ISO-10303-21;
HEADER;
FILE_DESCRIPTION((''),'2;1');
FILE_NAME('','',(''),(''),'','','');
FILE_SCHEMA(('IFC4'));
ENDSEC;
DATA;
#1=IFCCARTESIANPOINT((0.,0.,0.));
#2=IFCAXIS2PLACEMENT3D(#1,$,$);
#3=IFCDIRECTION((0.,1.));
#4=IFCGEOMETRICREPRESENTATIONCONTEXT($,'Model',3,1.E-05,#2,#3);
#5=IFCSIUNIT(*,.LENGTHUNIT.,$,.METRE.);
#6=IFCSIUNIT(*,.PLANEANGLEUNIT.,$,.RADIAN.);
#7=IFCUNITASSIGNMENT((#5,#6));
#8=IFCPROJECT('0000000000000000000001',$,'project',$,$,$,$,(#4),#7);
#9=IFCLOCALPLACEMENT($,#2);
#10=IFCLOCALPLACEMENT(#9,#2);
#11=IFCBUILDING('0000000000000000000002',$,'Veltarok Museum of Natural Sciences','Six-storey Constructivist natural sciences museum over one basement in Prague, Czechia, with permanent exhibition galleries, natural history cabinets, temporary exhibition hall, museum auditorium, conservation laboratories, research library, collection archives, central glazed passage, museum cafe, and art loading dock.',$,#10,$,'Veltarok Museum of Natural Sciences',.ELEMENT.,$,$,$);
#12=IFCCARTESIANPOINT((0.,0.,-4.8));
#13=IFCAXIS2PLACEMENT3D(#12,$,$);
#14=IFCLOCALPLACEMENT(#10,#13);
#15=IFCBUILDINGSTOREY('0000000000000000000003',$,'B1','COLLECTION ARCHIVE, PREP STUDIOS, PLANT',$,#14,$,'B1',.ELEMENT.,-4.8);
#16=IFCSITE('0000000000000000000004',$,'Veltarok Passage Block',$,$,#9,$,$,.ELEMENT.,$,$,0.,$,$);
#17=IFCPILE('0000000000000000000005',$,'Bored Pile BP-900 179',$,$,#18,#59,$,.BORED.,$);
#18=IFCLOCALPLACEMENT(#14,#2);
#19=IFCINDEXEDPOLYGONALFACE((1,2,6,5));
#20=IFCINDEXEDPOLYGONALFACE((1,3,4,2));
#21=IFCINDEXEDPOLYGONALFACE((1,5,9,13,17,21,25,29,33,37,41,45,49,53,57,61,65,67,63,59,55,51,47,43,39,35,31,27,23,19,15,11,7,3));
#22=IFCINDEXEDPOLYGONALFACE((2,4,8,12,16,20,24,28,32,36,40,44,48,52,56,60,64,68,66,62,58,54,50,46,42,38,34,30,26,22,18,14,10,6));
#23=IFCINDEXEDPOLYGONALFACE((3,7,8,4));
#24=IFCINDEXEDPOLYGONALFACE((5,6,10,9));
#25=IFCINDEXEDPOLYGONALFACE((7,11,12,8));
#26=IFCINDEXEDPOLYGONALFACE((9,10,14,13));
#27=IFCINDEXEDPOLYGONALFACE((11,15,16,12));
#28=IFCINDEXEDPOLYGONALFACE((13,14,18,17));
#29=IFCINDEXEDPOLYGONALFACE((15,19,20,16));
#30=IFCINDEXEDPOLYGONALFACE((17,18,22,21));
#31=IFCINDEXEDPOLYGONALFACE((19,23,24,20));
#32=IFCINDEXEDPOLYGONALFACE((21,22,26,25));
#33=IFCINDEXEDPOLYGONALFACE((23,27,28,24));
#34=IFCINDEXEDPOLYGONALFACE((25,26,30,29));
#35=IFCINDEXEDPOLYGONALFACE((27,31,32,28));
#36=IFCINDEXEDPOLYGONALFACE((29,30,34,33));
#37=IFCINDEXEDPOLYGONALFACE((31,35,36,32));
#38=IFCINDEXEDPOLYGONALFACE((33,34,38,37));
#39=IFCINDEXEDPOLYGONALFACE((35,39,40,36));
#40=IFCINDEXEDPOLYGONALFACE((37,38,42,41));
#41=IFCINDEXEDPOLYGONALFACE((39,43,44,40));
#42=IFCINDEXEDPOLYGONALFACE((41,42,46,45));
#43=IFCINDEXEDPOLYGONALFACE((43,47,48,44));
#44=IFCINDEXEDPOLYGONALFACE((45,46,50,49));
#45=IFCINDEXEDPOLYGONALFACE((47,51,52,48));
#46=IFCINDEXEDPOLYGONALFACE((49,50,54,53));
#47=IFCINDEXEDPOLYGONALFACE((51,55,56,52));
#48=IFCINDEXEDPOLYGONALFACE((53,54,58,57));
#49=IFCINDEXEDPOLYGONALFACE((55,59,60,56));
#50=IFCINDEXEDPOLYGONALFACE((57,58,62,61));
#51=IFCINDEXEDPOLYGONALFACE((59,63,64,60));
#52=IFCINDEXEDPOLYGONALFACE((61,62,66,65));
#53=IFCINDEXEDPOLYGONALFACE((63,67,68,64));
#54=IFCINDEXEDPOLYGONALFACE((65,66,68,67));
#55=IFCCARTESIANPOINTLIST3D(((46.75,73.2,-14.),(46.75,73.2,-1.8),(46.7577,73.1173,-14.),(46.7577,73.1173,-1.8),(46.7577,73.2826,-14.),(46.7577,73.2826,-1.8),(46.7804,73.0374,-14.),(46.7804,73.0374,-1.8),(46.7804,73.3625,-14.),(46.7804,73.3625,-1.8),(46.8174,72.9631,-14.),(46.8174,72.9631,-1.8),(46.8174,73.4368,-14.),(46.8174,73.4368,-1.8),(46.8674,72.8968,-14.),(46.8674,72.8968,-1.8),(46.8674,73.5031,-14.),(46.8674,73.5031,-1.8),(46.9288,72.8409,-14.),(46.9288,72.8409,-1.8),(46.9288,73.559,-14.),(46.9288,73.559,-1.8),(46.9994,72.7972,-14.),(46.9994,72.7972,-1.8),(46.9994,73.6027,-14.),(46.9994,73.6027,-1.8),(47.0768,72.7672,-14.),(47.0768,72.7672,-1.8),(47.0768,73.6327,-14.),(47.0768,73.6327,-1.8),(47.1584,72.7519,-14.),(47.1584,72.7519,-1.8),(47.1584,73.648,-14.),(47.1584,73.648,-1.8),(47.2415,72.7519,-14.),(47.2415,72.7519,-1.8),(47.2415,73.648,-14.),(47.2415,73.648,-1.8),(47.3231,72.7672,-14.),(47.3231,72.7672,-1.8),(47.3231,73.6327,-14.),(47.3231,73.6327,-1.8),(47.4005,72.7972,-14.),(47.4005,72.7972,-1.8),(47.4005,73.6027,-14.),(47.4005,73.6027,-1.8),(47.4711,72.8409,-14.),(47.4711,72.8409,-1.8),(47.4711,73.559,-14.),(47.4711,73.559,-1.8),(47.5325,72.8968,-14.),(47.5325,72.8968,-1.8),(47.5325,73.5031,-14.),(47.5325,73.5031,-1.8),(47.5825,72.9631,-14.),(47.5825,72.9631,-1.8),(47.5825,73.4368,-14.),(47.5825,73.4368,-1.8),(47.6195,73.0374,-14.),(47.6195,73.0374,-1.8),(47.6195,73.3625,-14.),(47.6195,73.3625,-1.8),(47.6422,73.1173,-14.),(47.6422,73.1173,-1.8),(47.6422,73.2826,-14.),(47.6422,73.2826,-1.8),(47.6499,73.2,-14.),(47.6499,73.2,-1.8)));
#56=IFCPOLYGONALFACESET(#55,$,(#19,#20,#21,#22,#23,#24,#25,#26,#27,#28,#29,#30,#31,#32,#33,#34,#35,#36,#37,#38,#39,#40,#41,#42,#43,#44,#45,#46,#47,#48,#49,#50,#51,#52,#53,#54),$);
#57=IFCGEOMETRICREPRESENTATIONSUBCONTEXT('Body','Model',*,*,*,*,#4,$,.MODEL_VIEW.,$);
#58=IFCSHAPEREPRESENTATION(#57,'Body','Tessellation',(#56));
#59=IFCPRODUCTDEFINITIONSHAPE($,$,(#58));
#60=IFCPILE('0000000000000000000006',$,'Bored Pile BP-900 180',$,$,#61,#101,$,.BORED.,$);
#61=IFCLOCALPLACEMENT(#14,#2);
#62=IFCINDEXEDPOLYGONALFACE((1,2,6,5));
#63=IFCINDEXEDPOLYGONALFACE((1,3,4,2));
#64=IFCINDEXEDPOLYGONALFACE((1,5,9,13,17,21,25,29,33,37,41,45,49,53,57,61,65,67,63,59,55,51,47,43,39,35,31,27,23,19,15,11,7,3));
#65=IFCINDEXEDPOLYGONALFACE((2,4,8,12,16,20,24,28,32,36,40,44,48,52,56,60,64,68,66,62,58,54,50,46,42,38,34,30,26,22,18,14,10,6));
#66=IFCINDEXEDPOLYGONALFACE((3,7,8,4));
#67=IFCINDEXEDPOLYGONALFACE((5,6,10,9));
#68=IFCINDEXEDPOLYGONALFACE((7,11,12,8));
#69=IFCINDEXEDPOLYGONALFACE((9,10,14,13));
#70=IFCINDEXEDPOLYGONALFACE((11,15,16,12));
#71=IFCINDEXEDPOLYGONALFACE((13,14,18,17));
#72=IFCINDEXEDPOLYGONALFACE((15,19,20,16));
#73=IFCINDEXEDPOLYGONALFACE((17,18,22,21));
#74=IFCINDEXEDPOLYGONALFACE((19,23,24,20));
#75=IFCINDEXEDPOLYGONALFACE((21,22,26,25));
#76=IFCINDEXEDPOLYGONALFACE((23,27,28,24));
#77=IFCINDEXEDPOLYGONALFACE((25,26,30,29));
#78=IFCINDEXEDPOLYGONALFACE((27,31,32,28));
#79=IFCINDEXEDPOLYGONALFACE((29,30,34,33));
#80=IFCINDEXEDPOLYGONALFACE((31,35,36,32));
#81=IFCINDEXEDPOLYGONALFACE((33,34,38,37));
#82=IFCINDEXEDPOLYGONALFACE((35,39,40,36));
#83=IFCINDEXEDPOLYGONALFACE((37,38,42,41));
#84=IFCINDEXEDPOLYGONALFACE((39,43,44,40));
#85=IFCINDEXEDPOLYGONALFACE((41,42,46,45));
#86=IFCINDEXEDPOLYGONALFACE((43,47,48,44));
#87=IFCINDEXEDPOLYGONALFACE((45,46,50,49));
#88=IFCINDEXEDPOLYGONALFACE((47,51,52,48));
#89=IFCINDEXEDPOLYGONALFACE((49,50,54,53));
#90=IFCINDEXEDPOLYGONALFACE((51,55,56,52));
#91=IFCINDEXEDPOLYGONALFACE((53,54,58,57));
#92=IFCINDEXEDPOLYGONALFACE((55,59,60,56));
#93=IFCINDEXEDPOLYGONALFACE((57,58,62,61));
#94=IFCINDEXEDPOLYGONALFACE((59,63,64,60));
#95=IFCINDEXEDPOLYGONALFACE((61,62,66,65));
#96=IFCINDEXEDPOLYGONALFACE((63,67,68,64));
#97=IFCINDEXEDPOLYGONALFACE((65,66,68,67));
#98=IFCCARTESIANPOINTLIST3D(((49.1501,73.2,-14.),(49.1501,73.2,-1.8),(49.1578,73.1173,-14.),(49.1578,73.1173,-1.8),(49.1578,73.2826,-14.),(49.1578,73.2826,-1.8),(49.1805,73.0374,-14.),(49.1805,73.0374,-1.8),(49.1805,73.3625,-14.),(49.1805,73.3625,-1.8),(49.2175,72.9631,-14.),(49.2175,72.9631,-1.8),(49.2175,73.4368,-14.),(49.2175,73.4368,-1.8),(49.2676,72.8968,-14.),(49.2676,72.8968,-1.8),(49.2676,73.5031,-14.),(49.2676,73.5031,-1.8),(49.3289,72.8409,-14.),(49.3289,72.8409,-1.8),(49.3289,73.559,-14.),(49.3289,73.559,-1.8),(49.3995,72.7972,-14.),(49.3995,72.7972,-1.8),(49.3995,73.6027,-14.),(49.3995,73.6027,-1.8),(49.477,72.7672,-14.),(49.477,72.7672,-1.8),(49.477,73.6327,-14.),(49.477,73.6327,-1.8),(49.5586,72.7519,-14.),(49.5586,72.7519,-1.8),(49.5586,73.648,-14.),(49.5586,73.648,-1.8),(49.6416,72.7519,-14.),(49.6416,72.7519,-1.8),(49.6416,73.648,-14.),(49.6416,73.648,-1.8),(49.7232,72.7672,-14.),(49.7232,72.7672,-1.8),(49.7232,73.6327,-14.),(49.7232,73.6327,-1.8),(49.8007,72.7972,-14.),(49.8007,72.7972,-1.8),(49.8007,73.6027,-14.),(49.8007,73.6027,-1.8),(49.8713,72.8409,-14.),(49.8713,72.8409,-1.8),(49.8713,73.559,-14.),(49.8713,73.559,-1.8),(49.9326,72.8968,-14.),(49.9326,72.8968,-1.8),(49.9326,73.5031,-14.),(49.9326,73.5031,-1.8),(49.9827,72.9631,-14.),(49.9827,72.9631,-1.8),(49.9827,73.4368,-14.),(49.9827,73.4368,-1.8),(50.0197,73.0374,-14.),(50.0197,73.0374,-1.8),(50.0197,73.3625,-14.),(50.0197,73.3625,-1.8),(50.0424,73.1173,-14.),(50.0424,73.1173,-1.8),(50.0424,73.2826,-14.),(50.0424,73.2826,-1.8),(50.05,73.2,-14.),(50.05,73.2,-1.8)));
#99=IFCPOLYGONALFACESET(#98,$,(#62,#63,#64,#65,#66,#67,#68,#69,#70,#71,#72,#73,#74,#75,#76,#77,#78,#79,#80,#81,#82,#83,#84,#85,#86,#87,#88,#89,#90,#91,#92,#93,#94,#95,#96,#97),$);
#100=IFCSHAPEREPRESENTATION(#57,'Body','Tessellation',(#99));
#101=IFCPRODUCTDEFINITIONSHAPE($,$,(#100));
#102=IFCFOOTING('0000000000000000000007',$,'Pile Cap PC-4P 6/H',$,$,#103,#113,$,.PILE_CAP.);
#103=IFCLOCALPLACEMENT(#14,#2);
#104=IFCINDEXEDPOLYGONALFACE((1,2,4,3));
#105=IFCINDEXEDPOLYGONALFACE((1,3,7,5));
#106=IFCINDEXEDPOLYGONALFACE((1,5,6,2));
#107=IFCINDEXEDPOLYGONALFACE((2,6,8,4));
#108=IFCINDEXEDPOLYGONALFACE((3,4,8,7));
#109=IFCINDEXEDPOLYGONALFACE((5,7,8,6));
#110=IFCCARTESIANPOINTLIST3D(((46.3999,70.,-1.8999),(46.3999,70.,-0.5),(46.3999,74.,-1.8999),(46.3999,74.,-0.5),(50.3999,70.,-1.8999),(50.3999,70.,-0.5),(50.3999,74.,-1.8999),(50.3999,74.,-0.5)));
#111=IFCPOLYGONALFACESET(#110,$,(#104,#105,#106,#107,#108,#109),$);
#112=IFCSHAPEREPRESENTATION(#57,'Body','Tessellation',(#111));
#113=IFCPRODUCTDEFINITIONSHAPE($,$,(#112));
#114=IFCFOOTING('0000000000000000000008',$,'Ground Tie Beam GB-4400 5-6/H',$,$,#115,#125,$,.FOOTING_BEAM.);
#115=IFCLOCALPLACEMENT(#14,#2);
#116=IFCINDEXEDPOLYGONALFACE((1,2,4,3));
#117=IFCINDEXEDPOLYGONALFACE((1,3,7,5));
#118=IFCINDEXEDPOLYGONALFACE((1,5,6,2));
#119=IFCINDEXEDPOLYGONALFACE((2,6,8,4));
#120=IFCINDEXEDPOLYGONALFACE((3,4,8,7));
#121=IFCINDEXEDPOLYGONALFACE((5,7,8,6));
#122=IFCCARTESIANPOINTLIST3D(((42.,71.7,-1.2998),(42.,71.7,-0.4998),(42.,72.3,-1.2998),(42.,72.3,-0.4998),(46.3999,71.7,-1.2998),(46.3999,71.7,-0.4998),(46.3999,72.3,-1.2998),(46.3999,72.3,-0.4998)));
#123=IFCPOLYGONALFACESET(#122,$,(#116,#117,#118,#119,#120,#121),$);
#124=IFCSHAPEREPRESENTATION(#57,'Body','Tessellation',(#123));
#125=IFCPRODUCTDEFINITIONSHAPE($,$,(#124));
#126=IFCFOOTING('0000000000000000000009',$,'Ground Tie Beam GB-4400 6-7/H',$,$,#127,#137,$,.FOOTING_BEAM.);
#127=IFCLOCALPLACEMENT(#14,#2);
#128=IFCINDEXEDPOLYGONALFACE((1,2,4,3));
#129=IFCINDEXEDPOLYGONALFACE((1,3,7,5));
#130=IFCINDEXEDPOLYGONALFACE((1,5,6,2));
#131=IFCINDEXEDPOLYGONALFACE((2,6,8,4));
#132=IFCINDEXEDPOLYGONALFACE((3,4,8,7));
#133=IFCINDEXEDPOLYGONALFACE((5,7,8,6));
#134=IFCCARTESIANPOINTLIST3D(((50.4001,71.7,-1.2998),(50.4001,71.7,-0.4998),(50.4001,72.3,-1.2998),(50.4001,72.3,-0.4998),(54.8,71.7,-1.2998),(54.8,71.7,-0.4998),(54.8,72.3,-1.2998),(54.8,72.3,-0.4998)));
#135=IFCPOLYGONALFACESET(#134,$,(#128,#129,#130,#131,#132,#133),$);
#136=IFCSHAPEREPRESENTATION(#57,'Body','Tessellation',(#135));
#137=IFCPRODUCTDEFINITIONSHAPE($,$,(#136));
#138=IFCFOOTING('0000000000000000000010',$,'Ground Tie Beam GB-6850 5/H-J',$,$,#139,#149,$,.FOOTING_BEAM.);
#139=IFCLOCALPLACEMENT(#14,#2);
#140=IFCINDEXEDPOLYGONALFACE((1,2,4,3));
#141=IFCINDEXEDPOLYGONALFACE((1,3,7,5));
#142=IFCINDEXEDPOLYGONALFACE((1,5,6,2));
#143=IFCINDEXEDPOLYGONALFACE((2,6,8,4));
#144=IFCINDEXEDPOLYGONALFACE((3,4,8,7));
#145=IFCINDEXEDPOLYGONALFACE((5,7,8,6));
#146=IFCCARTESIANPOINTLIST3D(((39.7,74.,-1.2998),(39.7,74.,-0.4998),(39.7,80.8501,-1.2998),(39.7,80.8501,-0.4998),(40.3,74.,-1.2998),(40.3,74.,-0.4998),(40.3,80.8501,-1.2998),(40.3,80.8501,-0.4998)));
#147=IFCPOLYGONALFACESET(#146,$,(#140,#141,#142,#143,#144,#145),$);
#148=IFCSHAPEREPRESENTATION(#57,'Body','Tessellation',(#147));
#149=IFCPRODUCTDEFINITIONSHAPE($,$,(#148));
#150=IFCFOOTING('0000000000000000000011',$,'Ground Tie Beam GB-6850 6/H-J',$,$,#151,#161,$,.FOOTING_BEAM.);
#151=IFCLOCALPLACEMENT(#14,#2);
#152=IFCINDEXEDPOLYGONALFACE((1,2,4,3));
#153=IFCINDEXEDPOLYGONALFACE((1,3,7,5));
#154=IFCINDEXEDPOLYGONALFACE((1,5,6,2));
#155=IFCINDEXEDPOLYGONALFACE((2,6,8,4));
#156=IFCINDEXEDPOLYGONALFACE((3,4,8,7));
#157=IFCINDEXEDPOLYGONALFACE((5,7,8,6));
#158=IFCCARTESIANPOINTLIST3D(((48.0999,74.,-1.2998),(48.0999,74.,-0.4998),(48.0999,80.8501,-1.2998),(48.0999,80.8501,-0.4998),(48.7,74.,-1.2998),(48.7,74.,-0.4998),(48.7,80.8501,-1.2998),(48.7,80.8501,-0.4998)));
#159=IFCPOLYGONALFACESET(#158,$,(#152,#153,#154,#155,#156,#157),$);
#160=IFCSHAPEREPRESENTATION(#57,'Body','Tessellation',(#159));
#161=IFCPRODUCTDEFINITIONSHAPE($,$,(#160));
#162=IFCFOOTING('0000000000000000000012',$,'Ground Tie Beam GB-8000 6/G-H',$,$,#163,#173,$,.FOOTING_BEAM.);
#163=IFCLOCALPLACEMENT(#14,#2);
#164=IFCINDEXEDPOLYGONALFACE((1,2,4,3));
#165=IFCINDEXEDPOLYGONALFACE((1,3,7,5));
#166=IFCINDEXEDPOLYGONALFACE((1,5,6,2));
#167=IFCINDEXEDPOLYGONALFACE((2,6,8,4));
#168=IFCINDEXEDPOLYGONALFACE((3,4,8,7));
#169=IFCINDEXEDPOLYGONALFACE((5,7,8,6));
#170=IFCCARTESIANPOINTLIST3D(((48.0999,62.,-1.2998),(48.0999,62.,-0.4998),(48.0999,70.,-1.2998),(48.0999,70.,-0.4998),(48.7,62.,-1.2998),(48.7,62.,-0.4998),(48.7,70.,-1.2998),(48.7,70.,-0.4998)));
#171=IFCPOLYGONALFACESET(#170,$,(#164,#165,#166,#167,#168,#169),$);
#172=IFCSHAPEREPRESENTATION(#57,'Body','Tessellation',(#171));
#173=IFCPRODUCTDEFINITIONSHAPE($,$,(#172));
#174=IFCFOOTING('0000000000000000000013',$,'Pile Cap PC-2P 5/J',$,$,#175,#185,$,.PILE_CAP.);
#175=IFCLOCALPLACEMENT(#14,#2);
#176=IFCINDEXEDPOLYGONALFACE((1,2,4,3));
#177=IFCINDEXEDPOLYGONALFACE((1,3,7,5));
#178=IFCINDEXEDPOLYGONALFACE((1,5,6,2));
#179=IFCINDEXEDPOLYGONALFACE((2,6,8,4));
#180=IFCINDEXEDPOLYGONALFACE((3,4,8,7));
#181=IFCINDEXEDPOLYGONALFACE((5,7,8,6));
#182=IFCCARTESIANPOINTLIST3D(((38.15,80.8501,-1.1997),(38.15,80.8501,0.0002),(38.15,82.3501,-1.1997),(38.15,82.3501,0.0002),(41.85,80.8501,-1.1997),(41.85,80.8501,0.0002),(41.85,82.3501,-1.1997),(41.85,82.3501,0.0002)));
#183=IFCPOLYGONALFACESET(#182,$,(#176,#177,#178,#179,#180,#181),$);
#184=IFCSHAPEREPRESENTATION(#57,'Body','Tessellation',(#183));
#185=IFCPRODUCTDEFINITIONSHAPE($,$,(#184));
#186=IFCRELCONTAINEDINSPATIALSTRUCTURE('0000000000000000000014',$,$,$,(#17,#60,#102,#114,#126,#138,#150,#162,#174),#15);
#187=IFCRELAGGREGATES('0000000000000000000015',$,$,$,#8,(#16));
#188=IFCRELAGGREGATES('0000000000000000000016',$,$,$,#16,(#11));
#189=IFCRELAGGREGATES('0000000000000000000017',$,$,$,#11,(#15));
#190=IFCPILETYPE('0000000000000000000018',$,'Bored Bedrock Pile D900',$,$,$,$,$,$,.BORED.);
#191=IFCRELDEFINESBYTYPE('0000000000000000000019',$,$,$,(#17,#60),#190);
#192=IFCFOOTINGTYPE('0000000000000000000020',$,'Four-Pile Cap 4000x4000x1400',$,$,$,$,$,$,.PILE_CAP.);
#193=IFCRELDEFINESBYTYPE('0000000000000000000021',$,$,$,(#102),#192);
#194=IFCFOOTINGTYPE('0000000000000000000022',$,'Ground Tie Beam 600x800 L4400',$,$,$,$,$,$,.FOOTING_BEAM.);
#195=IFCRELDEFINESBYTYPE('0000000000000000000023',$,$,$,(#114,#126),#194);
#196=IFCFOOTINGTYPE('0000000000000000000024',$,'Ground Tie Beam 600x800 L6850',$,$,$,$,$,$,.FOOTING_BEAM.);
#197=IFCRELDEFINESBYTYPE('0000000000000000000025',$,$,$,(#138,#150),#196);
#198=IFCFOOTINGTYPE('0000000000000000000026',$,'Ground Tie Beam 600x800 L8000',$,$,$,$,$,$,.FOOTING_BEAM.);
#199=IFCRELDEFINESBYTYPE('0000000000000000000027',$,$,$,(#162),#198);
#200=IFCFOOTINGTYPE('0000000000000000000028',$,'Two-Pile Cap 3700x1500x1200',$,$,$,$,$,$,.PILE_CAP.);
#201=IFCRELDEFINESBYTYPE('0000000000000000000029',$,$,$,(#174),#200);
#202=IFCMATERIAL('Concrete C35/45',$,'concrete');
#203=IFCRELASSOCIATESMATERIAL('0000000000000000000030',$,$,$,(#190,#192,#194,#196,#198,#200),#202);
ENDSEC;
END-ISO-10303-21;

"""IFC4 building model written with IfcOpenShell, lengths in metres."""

from ifc_helpers import new_model, si_unit, direction, frame, origin, origin_2d, place, context, subcontext, project, spatial, rectangle, circle, extrude, material, material_profile, profile_set, type_object, element, save


model = new_model("IFC4")

# Units and contexts
model_context = context("Model", 3, precision=1e-05, world=origin(), true_north=direction((0.0, 1.0)))
body_context = subcontext(model_context, "Body", "Model", "MODEL_VIEW")
ifc_project = project(units=[si_unit("LENGTHUNIT", "METRE"), si_unit("PLANEANGLEUNIT", "RADIAN")], contexts=[model_context])

# Site, building, storey
site_placement = place(None, origin())
site = spatial("IfcSite", under=ifc_project, at=site_placement, Name="Veltarok Passage Block", CompositionType="ELEMENT", RefElevation=0.0)
building_placement = place(site_placement, origin())
building = spatial("IfcBuilding", under=site, at=building_placement, Name="Veltarok Museum of Natural Sciences", Description="Six-storey Constructivist natural sciences museum over one basement in Prague, Czechia, with permanent exhibition galleries, natural history cabinets, temporary exhibition hall, museum auditorium, conservation laboratories, research library, collection archives, central glazed passage, museum cafe, and art loading dock.", LongName="Veltarok Museum of Natural Sciences", CompositionType="ELEMENT")
storey_placement = place(building_placement, frame((0.0, 0.0, -4.8)))
storey = spatial("IfcBuildingStorey", under=building, at=storey_placement, Name="B1", Description="COLLECTION ARCHIVE, PREP STUDIOS, PLANT", LongName="B1", CompositionType="ELEMENT", Elevation=-4.8)

# Piles
ifc_material_1 = material(Name="Concrete C35/45", Category="concrete")
ifc_material_profile_1 = material_profile(ifc_material_1, circle(Radius=0.45, at=origin_2d()), Name="BP D900")
ifc_profile_set_1 = profile_set([ifc_material_profile_1], Name="Concrete C35/45")
pile_type = type_object("IfcPileType", Name="Bored Bedrock Pile D900", PredefinedType="BORED", material=ifc_profile_set_1)
for number, where, z_axis, x_axis, name in (
    (1, (47.2, 73.2, -1.8), (0.0, 0.0, -1.0), (1.0, 0.0, 0.0), "Bored Pile BP-900 179"),
    (2, (49.6001, 73.2, -1.8), (0.0, 0.0, -1.0), (1.0, 0.0, 0.0), "Bored Pile BP-900 180"),
):
    element("IfcPile", number, at=place(storey_placement, frame(where, z_axis=z_axis, x_axis=x_axis)), inside=storey, type_object=pile_type, Name=name, PredefinedType="BORED", context=body_context, shape_type="SweptSolid", body=[
        extrude(circle(Radius=0.45, at=origin_2d()), origin(), (0.0, 0.0, 1.0), 12.2),
    ])

# Footings
footing_type_1 = type_object("IfcFootingType", Name="Four-Pile Cap 4000x4000x1400", PredefinedType="PILE_CAP", material=ifc_material_1)
footing_1_placement = place(storey_placement, frame((48.3999, 72.0, -1.8999), z_axis=(0.0, 0.0, 1.0), x_axis=(1.0, 0.0, 0.0)))
element("IfcFooting", 3, at=footing_1_placement, inside=storey, type_object=footing_type_1, Name="Pile Cap PC-4P 6/H", PredefinedType="PILE_CAP", context=body_context, shape_type="SweptSolid", body=[
    extrude(rectangle(XDim=4.0, YDim=4.0, at=origin_2d()), origin(), (0.0, 0.0, 1.0), 1.3999),
])
footing_type_2 = type_object("IfcFootingType", Name="Ground Tie Beam 600x800 L4400", PredefinedType="FOOTING_BEAM", material=ifc_material_1)
for number, where, z_axis, x_axis, name in (
    (4, (44.2, 72.0, -1.2998), (0.0, 0.0, 1.0), (1.0, 0.0, 0.0), "Ground Tie Beam GB-4400 5-6/H"),
    (5, (52.6001, 72.0, -1.2998), (0.0, 0.0, 1.0), (1.0, 0.0, 0.0), "Ground Tie Beam GB-4400 6-7/H"),
):
    element("IfcFooting", number, at=place(storey_placement, frame(where, z_axis=z_axis, x_axis=x_axis)), inside=storey, type_object=footing_type_2, Name=name, PredefinedType="FOOTING_BEAM", context=body_context, shape_type="SweptSolid", body=[
        extrude(rectangle(XDim=4.3999, YDim=0.6001, at=origin_2d()), origin(), (0.0, 0.0, 1.0), 0.8),
    ])
footing_type_3 = type_object("IfcFootingType", Name="Ground Tie Beam 600x800 L6850", PredefinedType="FOOTING_BEAM", material=ifc_material_1)
for number, where, z_axis, x_axis, name in (
    (6, (40.0, 77.425, -1.2998), (0.0, 0.0, 1.0), (0.0, 1.0, 0.0), "Ground Tie Beam GB-6850 5/H-J"),
    (7, (48.3999, 77.425, -1.2998), (0.0, 0.0, 1.0), (0.0, 1.0, 0.0), "Ground Tie Beam GB-6850 6/H-J"),
):
    element("IfcFooting", number, at=place(storey_placement, frame(where, z_axis=z_axis, x_axis=x_axis)), inside=storey, type_object=footing_type_3, Name=name, PredefinedType="FOOTING_BEAM", context=body_context, shape_type="SweptSolid", body=[
        extrude(rectangle(XDim=6.8501, YDim=0.6001, at=origin_2d()), origin(), (0.0, 0.0, 1.0), 0.8),
    ])
footing_type_4 = type_object("IfcFootingType", Name="Ground Tie Beam 600x800 L8000", PredefinedType="FOOTING_BEAM", material=ifc_material_1)
footing_2_placement = place(storey_placement, frame((48.3999, 66.0, -1.2998), z_axis=(0.0, 0.0, 1.0), x_axis=(0.0, 1.0, 0.0)))
element("IfcFooting", 8, at=footing_2_placement, inside=storey, type_object=footing_type_4, Name="Ground Tie Beam GB-8000 6/G-H", PredefinedType="FOOTING_BEAM", context=body_context, shape_type="SweptSolid", body=[
    extrude(rectangle(XDim=8.0, YDim=0.6001, at=origin_2d()), origin(), (0.0, 0.0, 1.0), 0.8),
])
footing_type_5 = type_object("IfcFootingType", Name="Two-Pile Cap 3700x1500x1200", PredefinedType="PILE_CAP", material=ifc_material_1)
footing_3_placement = place(storey_placement, frame((40.0, 81.6001, -1.1997), z_axis=(0.0, 0.0, 1.0), x_axis=(1.0, 0.0, 0.0)))
element("IfcFooting", 9, at=footing_3_placement, inside=storey, type_object=footing_type_5, Name="Pile Cap PC-2P 5/J", PredefinedType="PILE_CAP", context=body_context, shape_type="SweptSolid", body=[
    extrude(rectangle(XDim=3.7, YDim=1.5, at=origin_2d()), origin(), (0.0, 0.0, 1.0), 1.2),
])

save(model, "model.ifc")
